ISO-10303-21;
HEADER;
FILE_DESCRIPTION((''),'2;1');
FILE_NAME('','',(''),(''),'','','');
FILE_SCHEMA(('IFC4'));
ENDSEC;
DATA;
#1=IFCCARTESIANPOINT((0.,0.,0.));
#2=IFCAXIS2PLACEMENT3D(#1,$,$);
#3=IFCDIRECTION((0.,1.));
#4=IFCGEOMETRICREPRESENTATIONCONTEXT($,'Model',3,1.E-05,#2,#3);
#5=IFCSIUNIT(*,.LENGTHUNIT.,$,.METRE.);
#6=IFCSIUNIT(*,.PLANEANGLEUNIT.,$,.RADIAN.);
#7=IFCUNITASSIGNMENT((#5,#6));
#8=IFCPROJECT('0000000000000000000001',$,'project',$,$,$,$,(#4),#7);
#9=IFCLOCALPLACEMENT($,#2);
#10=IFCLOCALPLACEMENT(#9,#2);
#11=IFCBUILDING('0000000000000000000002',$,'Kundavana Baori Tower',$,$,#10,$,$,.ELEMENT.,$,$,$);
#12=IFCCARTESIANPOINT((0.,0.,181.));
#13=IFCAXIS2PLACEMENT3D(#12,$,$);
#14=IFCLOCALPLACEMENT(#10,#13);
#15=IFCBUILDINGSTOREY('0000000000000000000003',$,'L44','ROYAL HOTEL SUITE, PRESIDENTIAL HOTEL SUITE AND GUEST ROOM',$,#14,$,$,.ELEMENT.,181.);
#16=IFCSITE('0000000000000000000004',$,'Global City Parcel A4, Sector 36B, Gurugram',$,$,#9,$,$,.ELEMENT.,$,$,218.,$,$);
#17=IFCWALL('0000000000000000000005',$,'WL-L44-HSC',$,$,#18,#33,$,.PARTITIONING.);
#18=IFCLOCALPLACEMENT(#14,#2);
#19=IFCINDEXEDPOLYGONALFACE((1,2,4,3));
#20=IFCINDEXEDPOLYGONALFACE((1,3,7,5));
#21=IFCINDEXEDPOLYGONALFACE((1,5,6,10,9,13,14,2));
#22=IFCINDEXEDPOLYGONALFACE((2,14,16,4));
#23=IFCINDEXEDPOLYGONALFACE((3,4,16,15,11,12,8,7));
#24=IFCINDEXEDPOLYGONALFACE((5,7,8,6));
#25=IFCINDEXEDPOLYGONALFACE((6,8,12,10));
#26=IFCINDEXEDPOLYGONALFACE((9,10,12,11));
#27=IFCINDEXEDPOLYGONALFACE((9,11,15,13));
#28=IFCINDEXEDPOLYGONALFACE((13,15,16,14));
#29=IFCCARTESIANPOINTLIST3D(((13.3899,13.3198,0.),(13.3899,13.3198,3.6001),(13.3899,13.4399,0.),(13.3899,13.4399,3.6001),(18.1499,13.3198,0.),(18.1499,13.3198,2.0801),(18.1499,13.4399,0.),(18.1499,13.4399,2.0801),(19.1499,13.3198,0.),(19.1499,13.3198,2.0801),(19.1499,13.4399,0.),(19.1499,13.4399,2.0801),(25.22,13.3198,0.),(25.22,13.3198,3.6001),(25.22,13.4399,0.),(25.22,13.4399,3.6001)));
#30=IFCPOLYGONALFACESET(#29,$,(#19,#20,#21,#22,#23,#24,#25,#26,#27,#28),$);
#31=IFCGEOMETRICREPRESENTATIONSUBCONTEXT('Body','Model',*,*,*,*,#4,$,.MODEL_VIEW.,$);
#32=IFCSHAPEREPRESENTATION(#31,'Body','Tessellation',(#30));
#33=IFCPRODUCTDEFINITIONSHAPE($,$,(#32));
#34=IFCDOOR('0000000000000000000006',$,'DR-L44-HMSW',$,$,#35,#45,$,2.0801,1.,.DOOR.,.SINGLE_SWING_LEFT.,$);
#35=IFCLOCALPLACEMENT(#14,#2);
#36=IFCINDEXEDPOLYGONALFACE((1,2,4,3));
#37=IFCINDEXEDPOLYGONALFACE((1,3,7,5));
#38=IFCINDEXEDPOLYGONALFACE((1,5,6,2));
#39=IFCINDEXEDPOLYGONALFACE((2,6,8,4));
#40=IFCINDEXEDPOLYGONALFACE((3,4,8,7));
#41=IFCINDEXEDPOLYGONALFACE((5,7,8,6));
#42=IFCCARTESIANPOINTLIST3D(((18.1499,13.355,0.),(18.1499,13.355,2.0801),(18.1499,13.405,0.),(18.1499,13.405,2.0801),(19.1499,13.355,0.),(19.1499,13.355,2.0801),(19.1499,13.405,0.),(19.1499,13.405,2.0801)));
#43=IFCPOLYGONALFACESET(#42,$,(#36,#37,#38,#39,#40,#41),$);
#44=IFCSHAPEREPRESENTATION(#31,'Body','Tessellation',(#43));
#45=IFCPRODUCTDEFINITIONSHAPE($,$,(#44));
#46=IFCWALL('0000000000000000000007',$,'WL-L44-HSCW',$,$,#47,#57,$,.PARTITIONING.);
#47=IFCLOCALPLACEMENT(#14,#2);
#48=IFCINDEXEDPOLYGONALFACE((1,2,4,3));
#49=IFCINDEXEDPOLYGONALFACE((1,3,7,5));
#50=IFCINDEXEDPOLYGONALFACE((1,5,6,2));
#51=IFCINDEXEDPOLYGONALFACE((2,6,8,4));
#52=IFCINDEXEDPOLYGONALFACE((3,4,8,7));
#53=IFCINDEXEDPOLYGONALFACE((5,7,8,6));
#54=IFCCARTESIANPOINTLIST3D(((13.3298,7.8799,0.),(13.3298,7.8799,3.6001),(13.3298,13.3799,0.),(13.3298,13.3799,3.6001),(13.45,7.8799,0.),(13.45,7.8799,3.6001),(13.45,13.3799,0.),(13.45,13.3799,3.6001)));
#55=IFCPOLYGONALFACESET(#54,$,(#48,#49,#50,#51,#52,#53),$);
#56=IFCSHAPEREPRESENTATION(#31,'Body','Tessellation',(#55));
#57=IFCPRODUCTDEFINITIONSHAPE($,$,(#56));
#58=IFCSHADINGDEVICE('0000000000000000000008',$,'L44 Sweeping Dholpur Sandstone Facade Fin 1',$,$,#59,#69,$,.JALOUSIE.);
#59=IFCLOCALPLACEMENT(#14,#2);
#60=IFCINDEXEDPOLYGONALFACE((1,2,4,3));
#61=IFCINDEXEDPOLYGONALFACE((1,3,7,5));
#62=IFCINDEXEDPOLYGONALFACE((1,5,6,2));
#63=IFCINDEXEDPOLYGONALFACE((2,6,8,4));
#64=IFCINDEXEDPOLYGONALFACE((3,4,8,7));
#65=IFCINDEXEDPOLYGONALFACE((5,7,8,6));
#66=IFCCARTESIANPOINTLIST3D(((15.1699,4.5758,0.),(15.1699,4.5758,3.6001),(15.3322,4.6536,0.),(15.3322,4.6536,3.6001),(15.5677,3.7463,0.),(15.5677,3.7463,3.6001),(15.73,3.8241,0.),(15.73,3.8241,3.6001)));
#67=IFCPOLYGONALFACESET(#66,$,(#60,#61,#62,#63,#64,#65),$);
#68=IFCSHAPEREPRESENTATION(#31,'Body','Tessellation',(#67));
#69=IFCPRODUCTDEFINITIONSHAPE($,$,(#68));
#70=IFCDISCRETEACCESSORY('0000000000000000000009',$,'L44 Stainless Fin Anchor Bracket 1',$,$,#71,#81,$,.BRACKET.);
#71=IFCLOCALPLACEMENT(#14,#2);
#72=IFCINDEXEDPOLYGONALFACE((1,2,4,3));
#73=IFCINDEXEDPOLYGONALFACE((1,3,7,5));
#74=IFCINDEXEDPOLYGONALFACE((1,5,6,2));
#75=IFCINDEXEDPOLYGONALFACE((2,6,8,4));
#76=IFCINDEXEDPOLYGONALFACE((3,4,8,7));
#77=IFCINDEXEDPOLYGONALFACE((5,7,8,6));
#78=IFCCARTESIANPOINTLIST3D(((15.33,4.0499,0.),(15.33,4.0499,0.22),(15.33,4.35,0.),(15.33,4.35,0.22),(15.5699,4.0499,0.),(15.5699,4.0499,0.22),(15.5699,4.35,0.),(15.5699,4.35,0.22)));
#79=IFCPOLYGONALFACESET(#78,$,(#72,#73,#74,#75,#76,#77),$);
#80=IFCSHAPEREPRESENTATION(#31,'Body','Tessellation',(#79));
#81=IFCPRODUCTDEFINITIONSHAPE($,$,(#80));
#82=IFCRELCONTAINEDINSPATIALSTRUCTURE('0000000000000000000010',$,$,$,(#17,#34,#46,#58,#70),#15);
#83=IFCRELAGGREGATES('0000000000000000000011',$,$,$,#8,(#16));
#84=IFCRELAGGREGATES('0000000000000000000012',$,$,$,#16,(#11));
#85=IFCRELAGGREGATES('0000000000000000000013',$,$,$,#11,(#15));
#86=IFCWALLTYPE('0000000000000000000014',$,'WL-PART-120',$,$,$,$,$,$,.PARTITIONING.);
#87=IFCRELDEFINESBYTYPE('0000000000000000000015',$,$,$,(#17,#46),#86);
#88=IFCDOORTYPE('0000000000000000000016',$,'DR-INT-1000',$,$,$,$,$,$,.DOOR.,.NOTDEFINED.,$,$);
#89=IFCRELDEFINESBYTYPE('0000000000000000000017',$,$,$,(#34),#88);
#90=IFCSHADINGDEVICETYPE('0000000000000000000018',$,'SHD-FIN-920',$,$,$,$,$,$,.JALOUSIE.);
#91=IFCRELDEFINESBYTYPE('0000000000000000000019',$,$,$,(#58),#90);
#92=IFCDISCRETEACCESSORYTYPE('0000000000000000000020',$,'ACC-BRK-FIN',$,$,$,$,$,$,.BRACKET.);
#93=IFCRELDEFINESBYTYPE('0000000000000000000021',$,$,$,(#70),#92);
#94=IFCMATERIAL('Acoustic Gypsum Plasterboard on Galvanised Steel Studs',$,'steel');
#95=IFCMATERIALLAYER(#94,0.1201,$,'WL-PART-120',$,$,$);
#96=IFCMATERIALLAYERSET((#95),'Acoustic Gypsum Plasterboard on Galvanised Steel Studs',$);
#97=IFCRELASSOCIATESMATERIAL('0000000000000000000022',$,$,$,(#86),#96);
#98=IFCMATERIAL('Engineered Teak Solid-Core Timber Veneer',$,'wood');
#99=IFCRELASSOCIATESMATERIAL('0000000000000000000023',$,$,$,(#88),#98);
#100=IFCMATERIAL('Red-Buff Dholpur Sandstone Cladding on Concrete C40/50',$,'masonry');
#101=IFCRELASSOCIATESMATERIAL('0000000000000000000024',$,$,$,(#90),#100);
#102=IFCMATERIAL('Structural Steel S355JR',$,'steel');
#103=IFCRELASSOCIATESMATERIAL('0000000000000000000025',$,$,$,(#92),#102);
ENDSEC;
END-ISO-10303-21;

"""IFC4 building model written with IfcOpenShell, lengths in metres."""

from ifc_helpers import new_model, si_unit, direction, frame, frame_2d, origin, origin_2d, place, context, subcontext, project, spatial, rectangle, extrude, material, layer, layer_set, type_object, element, fill, save


model = new_model("IFC4")

# Units and contexts
model_context = context("Model", 3, precision=1e-05, world=origin(), true_north=direction((0.0, 1.0)))
body_context = subcontext(model_context, "Body", "Model", "MODEL_VIEW")
ifc_project = project(units=[si_unit("LENGTHUNIT", "METRE"), si_unit("PLANEANGLEUNIT", "RADIAN")], contexts=[model_context])

# Site, building, storey
site_placement = place(None, origin())
site = spatial("IfcSite", under=ifc_project, at=site_placement, Name="Global City Parcel A4, Sector 36B, Gurugram", CompositionType="ELEMENT", RefElevation=218.0)
building_placement = place(site_placement, origin())
building = spatial("IfcBuilding", under=site, at=building_placement, Name="Kundavana Baori Tower", CompositionType="ELEMENT")
storey_placement = place(building_placement, frame((0.0, 0.0, 181.0)))
storey = spatial("IfcBuildingStorey", under=building, at=storey_placement, Name="L44", Description="ROYAL HOTEL SUITE, PRESIDENTIAL HOTEL SUITE AND GUEST ROOM", CompositionType="ELEMENT", Elevation=181.0)

# Shared definitions
ifc_material_1 = material(Name="Acoustic Gypsum Plasterboard on Galvanised Steel Studs", Category="steel")
ifc_layer_1 = layer(ifc_material_1, 0.1201, Name="WL-PART-120")
ifc_layer_set_1 = layer_set([ifc_layer_1], Name="Acoustic Gypsum Plasterboard on Galvanised Steel Studs")
wall_type_1 = type_object("IfcWallType", Name="WL-PART-120", PredefinedType="PARTITIONING", material=ifc_layer_set_1)

# Wall, opening, door
wall_1_placement = place(storey_placement, frame((13.3899, 13.3799, 0.0), z_axis=(0.0, 0.0, 1.0), x_axis=(1.0, 0.0, 0.0)))
wall_1 = element("IfcWall", 1, at=wall_1_placement, inside=storey, type_object=wall_type_1, Name="WL-L44-HSC", PredefinedType="PARTITIONING", context=body_context, shape_type="SweptSolid", body=[
    extrude(rectangle(XDim=11.8301, YDim=0.1201, at=frame_2d((5.915, 0.0))), origin(), (0.0, 0.0, 1.0), 3.6001),
])
opening_1_placement = place(wall_1_placement, frame((4.76, 0.0, 0.0)))
opening_1 = element("IfcOpeningElement", 2, at=opening_1_placement, cuts=wall_1, PredefinedType="OPENING", context=body_context, shape_type="SweptSolid", body=[
    extrude(rectangle(XDim=1.0, YDim=2.0801, at=frame_2d((0.5, 1.04))), frame((0.0, 0.0701, 0.0), z_axis=(0.0, -1.0, 0.0), x_axis=(1.0, 0.0, 0.0)), (0.0, 0.0, 1.0), 0.1401),
])
ifc_material_2 = material(Name="Engineered Teak Solid-Core Timber Veneer", Category="wood")
door_type_1 = type_object("IfcDoorType", Name="DR-INT-1000", OperationType="NOTDEFINED", PredefinedType="DOOR", material=ifc_material_2)
door_1_placement = place(opening_1_placement, frame((1.0, 0.0, 0.0), z_axis=(0.0, 0.0, 1.0), x_axis=(-1.0, 0.0, 0.0)))
door_1 = element("IfcDoor", 3, at=door_1_placement, inside=storey, type_object=door_type_1, Name="DR-L44-HMSW", OperationType="SINGLE_SWING_LEFT", OverallHeight=2.0801, OverallWidth=1.0, PredefinedType="DOOR", context=body_context, shape_type="SweptSolid", body=[
    extrude(rectangle(XDim=1.0, YDim=2.0801, at=frame_2d((0.5, 1.04))), frame((0.0, 0.0249, 0.0), z_axis=(0.0, -1.0, 0.0), x_axis=(1.0, 0.0, 0.0)), (0.0, 0.0, 1.0), 0.05),
])
fill(opening_1, door_1)

# Wall
wall_2_placement = place(storey_placement, frame((13.3899, 7.8799, 0.0), z_axis=(0.0, 0.0, 1.0), x_axis=(0.0, 1.0, 0.0)))
element("IfcWall", 4, at=wall_2_placement, inside=storey, type_object=wall_type_1, Name="WL-L44-HSCW", PredefinedType="PARTITIONING", context=body_context, shape_type="SweptSolid", body=[
    extrude(rectangle(XDim=5.5, YDim=0.1201, at=frame_2d((2.75, 0.0))), origin(), (0.0, 0.0, 1.0), 3.6001),
])

# Shading device
ifc_material_3 = material(Name="Red-Buff Dholpur Sandstone Cladding on Concrete C40/50", Category="masonry")
shading_device_type = type_object("IfcShadingDeviceType", Name="SHD-FIN-920", PredefinedType="JALOUSIE", material=ifc_material_3)
shading_device_placement = place(storey_placement, frame((15.45, 4.2, 0.0), z_axis=(0.0, 0.0, 1.0), x_axis=(0.901682, 0.432401, 0.0)))
element("IfcShadingDevice", 5, at=shading_device_placement, inside=storey, type_object=shading_device_type, Name="L44 Sweeping Dholpur Sandstone Facade Fin 1", PredefinedType="JALOUSIE", context=body_context, shape_type="SweptSolid", body=[
    extrude(rectangle(XDim=0.1799, YDim=0.9199, at=origin_2d()), origin(), (0.0, 0.0, 1.0), 3.6001),
])

# Discrete accessory
ifc_material_4 = material(Name="Structural Steel S355JR", Category="steel")
discrete_accessory_type = type_object("IfcDiscreteAccessoryType", Name="ACC-BRK-FIN", PredefinedType="BRACKET", material=ifc_material_4)
discrete_accessory_placement = place(storey_placement, frame((15.45, 4.2, 0.0), z_axis=(0.0, 0.0, 1.0), x_axis=(1.0, 0.0, 0.0)))
element("IfcDiscreteAccessory", 6, at=discrete_accessory_placement, inside=storey, type_object=discrete_accessory_type, Name="L44 Stainless Fin Anchor Bracket 1", PredefinedType="BRACKET", context=body_context, shape_type="SweptSolid", body=[
    extrude(rectangle(XDim=0.24, YDim=0.3, at=origin_2d()), origin(), (0.0, 0.0, 1.0), 0.22),
])

save(model, "model.ifc")
